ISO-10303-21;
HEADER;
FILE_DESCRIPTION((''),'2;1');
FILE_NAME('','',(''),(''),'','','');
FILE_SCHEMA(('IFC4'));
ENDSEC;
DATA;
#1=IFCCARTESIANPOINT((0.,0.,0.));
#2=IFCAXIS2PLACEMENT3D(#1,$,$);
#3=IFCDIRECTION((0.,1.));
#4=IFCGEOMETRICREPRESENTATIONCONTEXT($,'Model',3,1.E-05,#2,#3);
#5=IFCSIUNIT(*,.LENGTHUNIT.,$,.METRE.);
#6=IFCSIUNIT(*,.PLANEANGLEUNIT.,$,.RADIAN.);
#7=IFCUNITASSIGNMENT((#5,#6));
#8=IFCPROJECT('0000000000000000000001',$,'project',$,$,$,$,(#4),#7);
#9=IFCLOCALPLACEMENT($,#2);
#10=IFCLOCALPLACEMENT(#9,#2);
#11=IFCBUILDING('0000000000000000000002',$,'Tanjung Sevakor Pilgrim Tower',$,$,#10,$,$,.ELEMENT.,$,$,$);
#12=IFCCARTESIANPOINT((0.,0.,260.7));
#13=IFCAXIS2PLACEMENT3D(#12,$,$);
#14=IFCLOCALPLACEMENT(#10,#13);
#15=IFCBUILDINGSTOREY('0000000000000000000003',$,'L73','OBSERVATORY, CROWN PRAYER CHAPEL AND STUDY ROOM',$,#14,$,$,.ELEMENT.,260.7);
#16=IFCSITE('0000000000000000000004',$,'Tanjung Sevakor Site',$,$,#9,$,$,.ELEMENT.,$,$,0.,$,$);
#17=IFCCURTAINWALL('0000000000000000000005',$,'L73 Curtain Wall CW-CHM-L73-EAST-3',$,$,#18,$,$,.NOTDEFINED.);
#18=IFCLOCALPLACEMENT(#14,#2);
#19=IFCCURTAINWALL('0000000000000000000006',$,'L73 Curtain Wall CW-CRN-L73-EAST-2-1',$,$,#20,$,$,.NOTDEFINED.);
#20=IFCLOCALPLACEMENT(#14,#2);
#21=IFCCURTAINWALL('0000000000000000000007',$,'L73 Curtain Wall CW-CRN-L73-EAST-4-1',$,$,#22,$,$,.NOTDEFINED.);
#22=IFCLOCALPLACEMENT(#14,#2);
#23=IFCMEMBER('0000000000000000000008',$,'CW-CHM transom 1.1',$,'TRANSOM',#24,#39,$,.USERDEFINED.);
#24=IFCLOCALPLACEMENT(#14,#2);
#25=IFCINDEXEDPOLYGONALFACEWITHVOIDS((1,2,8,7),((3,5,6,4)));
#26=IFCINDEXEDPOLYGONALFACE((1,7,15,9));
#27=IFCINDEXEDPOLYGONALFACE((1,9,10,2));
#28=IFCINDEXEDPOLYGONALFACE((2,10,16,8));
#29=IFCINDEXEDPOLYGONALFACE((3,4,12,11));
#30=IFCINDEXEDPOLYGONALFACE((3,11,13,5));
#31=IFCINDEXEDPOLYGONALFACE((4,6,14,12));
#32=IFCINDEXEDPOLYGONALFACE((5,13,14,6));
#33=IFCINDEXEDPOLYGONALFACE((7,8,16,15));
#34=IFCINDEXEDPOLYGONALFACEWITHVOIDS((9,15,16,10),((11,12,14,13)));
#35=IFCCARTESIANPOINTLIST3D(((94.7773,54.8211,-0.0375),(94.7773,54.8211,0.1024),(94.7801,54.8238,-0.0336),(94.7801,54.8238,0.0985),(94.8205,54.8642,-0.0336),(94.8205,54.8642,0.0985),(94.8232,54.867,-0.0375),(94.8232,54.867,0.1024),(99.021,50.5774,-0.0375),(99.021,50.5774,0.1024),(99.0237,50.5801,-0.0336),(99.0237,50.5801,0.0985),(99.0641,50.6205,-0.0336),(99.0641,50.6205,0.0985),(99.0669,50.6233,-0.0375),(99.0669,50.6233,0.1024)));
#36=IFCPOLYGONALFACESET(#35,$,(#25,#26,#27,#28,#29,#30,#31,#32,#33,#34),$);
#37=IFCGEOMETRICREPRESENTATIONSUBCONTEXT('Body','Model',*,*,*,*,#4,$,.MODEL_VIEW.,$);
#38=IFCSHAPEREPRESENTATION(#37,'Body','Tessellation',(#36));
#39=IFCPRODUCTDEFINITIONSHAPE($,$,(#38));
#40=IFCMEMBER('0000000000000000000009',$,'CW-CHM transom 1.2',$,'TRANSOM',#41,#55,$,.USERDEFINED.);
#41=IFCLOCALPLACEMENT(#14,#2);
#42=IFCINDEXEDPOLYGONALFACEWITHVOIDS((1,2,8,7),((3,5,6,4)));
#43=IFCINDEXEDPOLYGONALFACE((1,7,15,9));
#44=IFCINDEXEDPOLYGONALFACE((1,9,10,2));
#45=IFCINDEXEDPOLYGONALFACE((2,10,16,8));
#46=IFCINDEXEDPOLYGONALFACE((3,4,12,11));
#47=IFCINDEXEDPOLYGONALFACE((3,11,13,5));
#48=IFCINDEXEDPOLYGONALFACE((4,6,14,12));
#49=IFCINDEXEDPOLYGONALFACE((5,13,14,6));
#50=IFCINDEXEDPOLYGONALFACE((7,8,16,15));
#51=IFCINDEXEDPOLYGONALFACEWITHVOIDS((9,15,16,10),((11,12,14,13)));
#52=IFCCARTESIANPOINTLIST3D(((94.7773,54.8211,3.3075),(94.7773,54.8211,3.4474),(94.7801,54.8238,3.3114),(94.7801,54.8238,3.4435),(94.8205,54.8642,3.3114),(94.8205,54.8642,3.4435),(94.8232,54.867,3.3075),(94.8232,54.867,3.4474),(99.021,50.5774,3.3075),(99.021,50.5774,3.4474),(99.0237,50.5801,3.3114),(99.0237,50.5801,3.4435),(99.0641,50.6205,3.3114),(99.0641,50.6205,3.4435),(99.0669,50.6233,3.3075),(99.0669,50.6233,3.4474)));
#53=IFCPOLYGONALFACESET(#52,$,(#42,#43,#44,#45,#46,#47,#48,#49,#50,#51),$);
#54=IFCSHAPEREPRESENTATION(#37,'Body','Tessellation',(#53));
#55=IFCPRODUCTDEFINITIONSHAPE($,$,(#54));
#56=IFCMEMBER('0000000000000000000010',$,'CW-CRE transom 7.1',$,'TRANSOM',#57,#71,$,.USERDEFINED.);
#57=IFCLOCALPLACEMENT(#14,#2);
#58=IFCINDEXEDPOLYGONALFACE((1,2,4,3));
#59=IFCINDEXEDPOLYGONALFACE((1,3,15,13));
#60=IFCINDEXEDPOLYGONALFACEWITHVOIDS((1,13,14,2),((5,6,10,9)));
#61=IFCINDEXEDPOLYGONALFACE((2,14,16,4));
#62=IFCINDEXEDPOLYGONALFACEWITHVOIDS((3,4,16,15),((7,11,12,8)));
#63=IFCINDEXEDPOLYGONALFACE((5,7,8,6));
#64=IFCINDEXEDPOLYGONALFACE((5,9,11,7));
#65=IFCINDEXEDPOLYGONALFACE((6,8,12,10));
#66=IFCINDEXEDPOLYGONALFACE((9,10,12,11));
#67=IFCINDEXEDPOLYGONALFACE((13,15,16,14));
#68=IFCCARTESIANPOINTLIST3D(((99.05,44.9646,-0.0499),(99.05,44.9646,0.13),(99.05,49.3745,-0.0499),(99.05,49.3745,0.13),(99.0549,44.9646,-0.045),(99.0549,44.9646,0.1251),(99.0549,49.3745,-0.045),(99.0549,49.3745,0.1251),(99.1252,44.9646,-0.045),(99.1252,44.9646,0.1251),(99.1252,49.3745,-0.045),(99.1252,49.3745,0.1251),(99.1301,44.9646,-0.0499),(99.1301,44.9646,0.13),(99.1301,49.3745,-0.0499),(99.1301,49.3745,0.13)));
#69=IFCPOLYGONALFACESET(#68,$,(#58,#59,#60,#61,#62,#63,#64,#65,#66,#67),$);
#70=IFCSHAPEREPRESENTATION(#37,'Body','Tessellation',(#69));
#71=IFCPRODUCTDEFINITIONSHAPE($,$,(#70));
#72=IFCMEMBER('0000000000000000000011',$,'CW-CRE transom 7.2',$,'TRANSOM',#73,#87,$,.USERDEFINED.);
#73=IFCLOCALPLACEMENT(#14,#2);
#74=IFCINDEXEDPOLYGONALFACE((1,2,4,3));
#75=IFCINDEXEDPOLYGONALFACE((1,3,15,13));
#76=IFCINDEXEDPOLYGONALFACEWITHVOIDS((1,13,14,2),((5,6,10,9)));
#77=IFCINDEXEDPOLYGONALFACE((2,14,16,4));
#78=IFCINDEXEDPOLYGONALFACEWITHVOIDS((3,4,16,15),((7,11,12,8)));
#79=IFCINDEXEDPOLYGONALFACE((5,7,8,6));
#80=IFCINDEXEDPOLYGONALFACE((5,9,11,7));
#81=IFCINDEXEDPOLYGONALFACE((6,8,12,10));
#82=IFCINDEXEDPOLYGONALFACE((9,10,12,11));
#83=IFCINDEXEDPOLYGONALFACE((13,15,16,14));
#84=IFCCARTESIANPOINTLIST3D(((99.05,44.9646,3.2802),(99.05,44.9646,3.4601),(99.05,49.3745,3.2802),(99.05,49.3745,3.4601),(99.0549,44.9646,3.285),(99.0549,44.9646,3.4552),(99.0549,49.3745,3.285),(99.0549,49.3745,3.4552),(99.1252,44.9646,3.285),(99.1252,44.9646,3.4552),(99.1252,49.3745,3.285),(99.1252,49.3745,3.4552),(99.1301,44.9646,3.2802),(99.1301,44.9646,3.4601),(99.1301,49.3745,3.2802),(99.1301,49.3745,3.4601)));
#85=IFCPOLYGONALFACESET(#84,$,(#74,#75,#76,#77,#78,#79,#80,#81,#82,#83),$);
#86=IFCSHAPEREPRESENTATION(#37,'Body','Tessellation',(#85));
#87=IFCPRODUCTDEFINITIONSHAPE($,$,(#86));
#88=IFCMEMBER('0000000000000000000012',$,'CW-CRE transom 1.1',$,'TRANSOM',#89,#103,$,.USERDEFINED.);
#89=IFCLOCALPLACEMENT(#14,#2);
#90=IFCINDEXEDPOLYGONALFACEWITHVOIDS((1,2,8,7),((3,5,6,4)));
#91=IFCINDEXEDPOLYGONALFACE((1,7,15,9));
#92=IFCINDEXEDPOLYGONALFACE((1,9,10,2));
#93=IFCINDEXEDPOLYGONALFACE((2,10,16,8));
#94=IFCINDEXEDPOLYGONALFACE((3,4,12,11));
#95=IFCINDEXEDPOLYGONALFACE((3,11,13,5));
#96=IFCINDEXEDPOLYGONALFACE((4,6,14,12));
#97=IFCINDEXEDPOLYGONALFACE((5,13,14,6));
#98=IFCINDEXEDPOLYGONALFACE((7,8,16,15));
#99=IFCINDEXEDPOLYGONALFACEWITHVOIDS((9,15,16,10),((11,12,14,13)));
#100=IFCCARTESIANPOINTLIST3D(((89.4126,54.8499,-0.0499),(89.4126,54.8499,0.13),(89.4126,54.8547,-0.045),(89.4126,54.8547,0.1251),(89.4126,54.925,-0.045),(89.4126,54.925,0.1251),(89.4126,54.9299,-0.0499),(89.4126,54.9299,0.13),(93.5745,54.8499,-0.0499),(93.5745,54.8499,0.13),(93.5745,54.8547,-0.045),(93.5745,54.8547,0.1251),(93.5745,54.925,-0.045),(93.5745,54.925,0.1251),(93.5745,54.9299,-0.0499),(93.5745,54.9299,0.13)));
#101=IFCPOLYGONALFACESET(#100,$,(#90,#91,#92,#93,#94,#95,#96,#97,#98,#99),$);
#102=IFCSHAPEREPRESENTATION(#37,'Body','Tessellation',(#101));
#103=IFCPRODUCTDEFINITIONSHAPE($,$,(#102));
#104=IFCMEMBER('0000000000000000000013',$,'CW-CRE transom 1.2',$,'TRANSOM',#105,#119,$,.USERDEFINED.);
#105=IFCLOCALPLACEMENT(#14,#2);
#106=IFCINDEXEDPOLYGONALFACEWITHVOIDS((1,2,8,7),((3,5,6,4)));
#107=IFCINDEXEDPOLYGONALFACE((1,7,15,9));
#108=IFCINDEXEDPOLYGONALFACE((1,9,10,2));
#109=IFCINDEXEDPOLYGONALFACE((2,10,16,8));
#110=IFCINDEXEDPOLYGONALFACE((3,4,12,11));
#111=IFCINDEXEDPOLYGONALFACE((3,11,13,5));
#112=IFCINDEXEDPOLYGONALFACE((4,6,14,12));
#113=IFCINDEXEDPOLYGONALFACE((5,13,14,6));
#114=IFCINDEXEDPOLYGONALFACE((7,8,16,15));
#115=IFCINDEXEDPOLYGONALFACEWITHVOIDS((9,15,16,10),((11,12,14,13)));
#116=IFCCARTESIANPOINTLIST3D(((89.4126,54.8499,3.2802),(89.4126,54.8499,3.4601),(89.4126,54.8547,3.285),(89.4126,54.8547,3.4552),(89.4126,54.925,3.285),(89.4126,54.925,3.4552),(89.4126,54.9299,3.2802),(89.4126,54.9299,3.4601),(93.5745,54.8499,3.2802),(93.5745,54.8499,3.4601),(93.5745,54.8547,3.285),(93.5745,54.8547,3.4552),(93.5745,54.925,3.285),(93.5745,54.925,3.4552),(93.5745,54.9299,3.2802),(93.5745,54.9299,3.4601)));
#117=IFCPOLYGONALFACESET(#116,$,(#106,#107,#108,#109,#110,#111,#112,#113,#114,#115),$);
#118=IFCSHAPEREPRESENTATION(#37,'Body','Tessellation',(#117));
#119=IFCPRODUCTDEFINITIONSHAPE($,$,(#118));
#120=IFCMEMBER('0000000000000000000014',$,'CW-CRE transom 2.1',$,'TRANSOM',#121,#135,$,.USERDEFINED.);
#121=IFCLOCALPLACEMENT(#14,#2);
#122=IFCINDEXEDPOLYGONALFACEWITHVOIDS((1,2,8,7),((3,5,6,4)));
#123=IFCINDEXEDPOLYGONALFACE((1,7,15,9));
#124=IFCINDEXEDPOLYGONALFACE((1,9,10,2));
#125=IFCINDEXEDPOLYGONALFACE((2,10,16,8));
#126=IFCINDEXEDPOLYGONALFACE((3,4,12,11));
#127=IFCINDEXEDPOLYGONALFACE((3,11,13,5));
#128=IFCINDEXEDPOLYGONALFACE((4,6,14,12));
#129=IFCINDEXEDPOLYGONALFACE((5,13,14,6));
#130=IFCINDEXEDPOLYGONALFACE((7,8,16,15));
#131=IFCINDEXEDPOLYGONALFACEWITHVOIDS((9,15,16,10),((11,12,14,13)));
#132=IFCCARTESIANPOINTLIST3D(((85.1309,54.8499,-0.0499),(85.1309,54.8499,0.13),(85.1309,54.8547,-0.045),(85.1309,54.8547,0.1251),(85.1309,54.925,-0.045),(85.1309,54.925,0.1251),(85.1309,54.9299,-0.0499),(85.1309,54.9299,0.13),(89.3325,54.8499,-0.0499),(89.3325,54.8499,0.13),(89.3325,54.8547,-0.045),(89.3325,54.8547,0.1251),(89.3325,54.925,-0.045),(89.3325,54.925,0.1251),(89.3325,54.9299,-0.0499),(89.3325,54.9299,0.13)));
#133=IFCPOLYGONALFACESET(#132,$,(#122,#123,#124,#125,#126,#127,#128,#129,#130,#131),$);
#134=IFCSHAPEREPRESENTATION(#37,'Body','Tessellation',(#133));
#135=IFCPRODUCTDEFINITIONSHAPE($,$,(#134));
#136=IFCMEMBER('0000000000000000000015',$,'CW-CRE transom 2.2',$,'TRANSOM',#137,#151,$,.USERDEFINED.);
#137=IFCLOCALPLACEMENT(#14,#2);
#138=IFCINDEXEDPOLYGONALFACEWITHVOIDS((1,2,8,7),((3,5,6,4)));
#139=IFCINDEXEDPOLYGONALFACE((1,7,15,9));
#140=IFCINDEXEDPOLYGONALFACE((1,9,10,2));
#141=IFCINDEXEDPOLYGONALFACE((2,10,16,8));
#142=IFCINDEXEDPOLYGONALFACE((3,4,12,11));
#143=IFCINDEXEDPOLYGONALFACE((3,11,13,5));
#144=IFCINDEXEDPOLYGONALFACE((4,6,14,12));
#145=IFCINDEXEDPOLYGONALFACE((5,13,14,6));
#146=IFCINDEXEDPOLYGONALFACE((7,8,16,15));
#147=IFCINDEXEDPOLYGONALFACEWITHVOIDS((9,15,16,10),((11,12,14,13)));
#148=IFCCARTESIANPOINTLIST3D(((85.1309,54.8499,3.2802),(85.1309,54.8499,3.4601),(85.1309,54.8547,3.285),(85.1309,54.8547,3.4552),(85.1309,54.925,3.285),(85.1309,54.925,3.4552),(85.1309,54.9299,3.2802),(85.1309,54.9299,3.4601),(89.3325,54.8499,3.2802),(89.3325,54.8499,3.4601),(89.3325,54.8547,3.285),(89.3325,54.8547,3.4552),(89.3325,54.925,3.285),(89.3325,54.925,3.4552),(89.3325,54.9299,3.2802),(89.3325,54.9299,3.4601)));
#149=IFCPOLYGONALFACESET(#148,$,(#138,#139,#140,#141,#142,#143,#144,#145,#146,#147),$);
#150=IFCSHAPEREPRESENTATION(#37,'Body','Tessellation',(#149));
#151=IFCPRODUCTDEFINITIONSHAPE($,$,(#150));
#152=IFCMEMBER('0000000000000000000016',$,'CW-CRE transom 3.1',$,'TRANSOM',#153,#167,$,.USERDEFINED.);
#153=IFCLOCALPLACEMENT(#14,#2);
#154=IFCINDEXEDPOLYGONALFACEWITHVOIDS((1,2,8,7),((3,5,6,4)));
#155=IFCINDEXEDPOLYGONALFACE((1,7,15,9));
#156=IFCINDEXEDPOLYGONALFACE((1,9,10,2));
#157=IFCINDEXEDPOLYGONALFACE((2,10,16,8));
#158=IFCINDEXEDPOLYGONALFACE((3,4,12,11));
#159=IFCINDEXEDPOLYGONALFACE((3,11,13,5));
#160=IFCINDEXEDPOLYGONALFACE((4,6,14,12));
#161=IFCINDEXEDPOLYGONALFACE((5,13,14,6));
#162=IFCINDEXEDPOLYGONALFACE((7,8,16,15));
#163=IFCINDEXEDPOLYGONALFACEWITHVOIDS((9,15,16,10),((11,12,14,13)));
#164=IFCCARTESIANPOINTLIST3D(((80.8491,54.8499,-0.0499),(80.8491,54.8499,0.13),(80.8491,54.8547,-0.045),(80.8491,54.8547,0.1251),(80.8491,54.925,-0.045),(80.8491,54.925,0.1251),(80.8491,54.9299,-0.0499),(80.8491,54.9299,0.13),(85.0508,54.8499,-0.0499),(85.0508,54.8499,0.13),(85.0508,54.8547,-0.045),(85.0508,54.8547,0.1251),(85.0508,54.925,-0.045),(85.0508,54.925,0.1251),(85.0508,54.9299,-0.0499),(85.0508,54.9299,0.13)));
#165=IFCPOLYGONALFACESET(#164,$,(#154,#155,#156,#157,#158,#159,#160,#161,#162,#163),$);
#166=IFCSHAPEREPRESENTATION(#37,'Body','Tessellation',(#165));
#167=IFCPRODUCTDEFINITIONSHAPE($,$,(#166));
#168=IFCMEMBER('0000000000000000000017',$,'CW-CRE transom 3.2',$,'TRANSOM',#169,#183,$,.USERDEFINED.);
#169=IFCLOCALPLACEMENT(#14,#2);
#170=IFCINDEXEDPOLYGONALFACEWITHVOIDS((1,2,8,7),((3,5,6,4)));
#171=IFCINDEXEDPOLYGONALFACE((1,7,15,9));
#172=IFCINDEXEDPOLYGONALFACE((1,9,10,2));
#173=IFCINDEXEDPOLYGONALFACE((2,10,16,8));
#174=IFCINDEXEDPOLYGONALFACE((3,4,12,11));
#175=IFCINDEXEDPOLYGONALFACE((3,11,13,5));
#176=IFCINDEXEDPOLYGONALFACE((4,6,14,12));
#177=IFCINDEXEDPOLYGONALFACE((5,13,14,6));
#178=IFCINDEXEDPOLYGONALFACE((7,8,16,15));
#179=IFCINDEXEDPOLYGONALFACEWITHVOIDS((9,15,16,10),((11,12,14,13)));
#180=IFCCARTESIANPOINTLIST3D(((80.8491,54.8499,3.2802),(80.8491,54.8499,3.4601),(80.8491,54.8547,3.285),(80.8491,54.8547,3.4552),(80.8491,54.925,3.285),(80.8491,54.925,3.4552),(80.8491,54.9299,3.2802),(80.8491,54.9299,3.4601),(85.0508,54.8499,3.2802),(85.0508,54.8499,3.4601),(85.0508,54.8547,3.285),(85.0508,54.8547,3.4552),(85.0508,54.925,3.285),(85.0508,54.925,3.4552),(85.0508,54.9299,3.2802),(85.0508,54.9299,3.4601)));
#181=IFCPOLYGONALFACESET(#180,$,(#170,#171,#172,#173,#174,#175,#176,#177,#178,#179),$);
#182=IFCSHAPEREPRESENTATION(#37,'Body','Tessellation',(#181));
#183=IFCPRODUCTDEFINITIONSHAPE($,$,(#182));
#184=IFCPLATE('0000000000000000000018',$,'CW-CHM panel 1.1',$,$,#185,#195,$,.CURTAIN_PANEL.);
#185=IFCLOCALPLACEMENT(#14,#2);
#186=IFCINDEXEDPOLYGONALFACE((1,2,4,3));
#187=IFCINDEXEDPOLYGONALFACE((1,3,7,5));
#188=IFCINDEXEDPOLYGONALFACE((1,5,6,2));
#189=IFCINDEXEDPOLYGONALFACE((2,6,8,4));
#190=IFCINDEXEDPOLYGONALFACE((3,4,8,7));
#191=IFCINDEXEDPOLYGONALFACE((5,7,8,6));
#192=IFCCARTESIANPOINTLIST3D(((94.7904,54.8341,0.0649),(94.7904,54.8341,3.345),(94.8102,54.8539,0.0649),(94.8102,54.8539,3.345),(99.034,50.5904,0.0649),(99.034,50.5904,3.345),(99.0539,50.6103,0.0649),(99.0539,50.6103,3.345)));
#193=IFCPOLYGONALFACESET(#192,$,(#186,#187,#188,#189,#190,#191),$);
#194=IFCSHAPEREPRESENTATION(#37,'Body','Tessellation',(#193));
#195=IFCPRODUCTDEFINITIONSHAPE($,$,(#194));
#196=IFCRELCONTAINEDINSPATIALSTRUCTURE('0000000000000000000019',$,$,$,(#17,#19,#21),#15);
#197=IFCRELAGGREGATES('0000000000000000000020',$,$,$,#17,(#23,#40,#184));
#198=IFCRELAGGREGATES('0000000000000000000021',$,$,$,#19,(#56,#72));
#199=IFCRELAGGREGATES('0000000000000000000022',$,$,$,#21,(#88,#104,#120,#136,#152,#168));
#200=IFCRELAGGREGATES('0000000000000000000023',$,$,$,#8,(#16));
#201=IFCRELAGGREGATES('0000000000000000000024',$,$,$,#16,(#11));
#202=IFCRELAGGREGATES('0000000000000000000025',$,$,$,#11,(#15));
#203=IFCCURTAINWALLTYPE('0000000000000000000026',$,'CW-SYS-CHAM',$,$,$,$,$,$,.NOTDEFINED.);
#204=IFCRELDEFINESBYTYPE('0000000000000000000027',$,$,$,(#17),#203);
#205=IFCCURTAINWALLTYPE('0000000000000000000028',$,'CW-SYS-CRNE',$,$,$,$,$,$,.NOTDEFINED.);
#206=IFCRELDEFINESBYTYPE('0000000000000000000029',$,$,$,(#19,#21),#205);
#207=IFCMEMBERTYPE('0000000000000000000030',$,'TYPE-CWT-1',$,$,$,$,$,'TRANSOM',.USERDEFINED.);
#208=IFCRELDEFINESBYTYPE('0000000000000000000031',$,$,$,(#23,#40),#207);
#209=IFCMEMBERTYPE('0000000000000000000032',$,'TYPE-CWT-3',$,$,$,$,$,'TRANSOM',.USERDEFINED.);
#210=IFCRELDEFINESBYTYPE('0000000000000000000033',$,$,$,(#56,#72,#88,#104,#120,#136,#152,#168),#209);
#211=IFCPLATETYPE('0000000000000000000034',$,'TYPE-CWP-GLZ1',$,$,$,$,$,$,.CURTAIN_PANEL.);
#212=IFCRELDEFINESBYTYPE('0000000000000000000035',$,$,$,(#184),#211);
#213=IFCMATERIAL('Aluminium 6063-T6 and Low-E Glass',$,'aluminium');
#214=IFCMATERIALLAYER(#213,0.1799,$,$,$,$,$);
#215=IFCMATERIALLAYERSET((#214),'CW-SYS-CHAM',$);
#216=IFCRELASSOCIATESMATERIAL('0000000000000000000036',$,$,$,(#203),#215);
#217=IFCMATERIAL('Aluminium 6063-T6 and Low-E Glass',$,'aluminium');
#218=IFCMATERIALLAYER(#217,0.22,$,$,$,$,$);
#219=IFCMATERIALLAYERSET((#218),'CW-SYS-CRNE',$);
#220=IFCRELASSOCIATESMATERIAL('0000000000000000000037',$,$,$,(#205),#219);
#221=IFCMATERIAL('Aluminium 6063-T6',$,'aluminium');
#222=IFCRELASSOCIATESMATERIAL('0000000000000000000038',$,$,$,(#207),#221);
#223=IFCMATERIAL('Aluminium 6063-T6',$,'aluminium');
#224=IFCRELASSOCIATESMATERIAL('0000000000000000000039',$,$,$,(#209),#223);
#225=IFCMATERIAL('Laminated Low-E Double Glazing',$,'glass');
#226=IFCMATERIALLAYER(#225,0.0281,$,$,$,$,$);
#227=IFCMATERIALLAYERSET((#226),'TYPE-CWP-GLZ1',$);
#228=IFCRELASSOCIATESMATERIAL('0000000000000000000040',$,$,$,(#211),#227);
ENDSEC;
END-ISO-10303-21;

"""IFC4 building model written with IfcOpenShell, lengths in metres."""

from ifc_helpers import new_model, si_unit, direction, frame, origin, origin_2d, place, context, subcontext, project, spatial, rectangle, hollow_rectangle, extrude, material, layer, layer_set, material_profile, profile_set, type_object, element, aggregate, save


model = new_model("IFC4")

# Units and contexts
model_context = context("Model", 3, precision=1e-05, world=origin(), true_north=direction((0.0, 1.0)))
body_context = subcontext(model_context, "Body", "Model", "MODEL_VIEW")
ifc_project = project(units=[si_unit("LENGTHUNIT", "METRE"), si_unit("PLANEANGLEUNIT", "RADIAN")], contexts=[model_context])

# Site, building, storey
site_placement = place(None, origin())
site = spatial("IfcSite", under=ifc_project, at=site_placement, Name="Tanjung Sevakor Site", CompositionType="ELEMENT", RefElevation=0.0)
building_placement = place(site_placement, origin())
building = spatial("IfcBuilding", under=site, at=building_placement, Name="Tanjung Sevakor Pilgrim Tower", CompositionType="ELEMENT")
storey_placement = place(building_placement, frame((0.0, 0.0, 260.7)))
storey = spatial("IfcBuildingStorey", under=building, at=storey_placement, Name="L73", Description="OBSERVATORY, CROWN PRAYER CHAPEL AND STUDY ROOM", CompositionType="ELEMENT", Elevation=260.7)

# Curtain walls
ifc_material_1 = material(Name="Aluminium 6063-T6 and Low-E Glass", Category="aluminium")
ifc_layer_1 = layer(ifc_material_1, 0.1799)
ifc_layer_set_1 = layer_set([ifc_layer_1], Name="CW-SYS-CHAM")
curtain_wall_type_1 = type_object("IfcCurtainWallType", Name="CW-SYS-CHAM", PredefinedType="NOTDEFINED", material=ifc_layer_set_1)
curtain_wall_1_placement = place(storey_placement, origin())
curtain_wall_1 = element("IfcCurtainWall", 1, at=curtain_wall_1_placement, inside=storey, type_object=curtain_wall_type_1, Name="L73 Curtain Wall CW-CHM-L73-EAST-3", PredefinedType="NOTDEFINED")
ifc_material_2 = material(Name="Aluminium 6063-T6 and Low-E Glass", Category="aluminium")
ifc_layer_2 = layer(ifc_material_2, 0.22)
ifc_layer_set_2 = layer_set([ifc_layer_2], Name="CW-SYS-CRNE")
curtain_wall_type_2 = type_object("IfcCurtainWallType", Name="CW-SYS-CRNE", PredefinedType="NOTDEFINED", material=ifc_layer_set_2)
curtain_wall_2_placement = place(storey_placement, origin())
curtain_wall_2 = element("IfcCurtainWall", 2, at=curtain_wall_2_placement, inside=storey, type_object=curtain_wall_type_2, Name="L73 Curtain Wall CW-CRN-L73-EAST-2-1", PredefinedType="NOTDEFINED")
curtain_wall_3_placement = place(storey_placement, origin())
curtain_wall_3 = element("IfcCurtainWall", 3, at=curtain_wall_3_placement, inside=storey, type_object=curtain_wall_type_2, Name="L73 Curtain Wall CW-CRN-L73-EAST-4-1", PredefinedType="NOTDEFINED")

# Members
ifc_material_3 = material(Name="Aluminium 6063-T6", Category="aluminium")
ifc_material_profile_1 = material_profile(ifc_material_3, hollow_rectangle(XDim=0.0649, YDim=0.1399, WallThickness=0.0039, at=origin_2d()))
ifc_profile_set_1 = profile_set([ifc_material_profile_1], Name="Aluminium 6063-T6")
member_type_1 = type_object("IfcMemberType", Name="TYPE-CWT-1", ElementType="TRANSOM", PredefinedType="USERDEFINED", material=ifc_profile_set_1)
member_1_placement = place(storey_placement, frame((99.0439, 50.6003, 0.0325), z_axis=(-0.707107, 0.707107, 0.0), x_axis=(-0.707107, -0.707107, 0.0)))
member_1 = element("IfcMember", 4, at=member_1_placement, type_object=member_type_1, Name="CW-CHM transom 1.1", ObjectType="TRANSOM", PredefinedType="USERDEFINED", context=body_context, shape_type="SweptSolid", body=[
    extrude(hollow_rectangle(XDim=0.0649, YDim=0.1399, WallThickness=0.0039, at=origin_2d()), origin(), (0.0, 0.0, 1.0), 6.0015),
])
member_2_placement = place(storey_placement, frame((99.0439, 50.6003, 3.3774), z_axis=(-0.707107, 0.707107, 0.0), x_axis=(-0.707107, -0.707107, 0.0)))
member_2 = element("IfcMember", 5, at=member_2_placement, type_object=member_type_1, Name="CW-CHM transom 1.2", ObjectType="TRANSOM", PredefinedType="USERDEFINED", context=body_context, shape_type="SweptSolid", body=[
    extrude(hollow_rectangle(XDim=0.0649, YDim=0.1399, WallThickness=0.0039, at=origin_2d()), origin(), (0.0, 0.0, 1.0), 6.0015),
])
ifc_material_4 = material(Name="Aluminium 6063-T6", Category="aluminium")
ifc_material_profile_2 = material_profile(ifc_material_4, hollow_rectangle(XDim=0.0801, YDim=0.1799, WallThickness=0.0049, at=origin_2d()))
ifc_profile_set_2 = profile_set([ifc_material_profile_2], Name="Aluminium 6063-T6")
member_type_2 = type_object("IfcMemberType", Name="TYPE-CWT-3", ElementType="TRANSOM", PredefinedType="USERDEFINED", material=ifc_profile_set_2)
member_3_placement = place(storey_placement, frame((99.0901, 44.9646, 0.04), z_axis=(0.0, 1.0, 0.0), x_axis=(-1.0, 0.0, 0.0)))
member_3 = element("IfcMember", 6, at=member_3_placement, type_object=member_type_2, Name="CW-CRE transom 7.1", ObjectType="TRANSOM", PredefinedType="USERDEFINED", context=body_context, shape_type="SweptSolid", body=[
    extrude(hollow_rectangle(XDim=0.0801, YDim=0.1799, WallThickness=0.0049, at=origin_2d()), origin(), (0.0, 0.0, 1.0), 4.4099),
])
member_4_placement = place(storey_placement, frame((99.0901, 44.9646, 3.3701), z_axis=(0.0, 1.0, 0.0), x_axis=(-1.0, 0.0, 0.0)))
member_4 = element("IfcMember", 7, at=member_4_placement, type_object=member_type_2, Name="CW-CRE transom 7.2", ObjectType="TRANSOM", PredefinedType="USERDEFINED", context=body_context, shape_type="SweptSolid", body=[
    extrude(hollow_rectangle(XDim=0.0801, YDim=0.1799, WallThickness=0.0049, at=origin_2d()), origin(), (0.0, 0.0, 1.0), 4.4099),
])
member_5_placement = place(storey_placement, frame((93.5745, 54.8899, 0.04), z_axis=(-1.0, 0.0, 0.0), x_axis=(0.0, -1.0, 0.0)))
member_5 = element("IfcMember", 8, at=member_5_placement, type_object=member_type_2, Name="CW-CRE transom 1.1", ObjectType="TRANSOM", PredefinedType="USERDEFINED", context=body_context, shape_type="SweptSolid", body=[
    extrude(hollow_rectangle(XDim=0.0801, YDim=0.1799, WallThickness=0.0049, at=origin_2d()), origin(), (0.0, 0.0, 1.0), 4.1619),
])
member_6_placement = place(storey_placement, frame((93.5745, 54.8899, 3.3701), z_axis=(-1.0, 0.0, 0.0), x_axis=(0.0, -1.0, 0.0)))
member_6 = element("IfcMember", 9, at=member_6_placement, type_object=member_type_2, Name="CW-CRE transom 1.2", ObjectType="TRANSOM", PredefinedType="USERDEFINED", context=body_context, shape_type="SweptSolid", body=[
    extrude(hollow_rectangle(XDim=0.0801, YDim=0.1799, WallThickness=0.0049, at=origin_2d()), origin(), (0.0, 0.0, 1.0), 4.1619),
])
member_7_placement = place(storey_placement, frame((89.3325, 54.8899, 0.04), z_axis=(-1.0, 0.0, 0.0), x_axis=(0.0, -1.0, 0.0)))
member_7 = element("IfcMember", 10, at=member_7_placement, type_object=member_type_2, Name="CW-CRE transom 2.1", ObjectType="TRANSOM", PredefinedType="USERDEFINED", context=body_context, shape_type="SweptSolid", body=[
    extrude(hollow_rectangle(XDim=0.0801, YDim=0.1799, WallThickness=0.0049, at=origin_2d()), origin(), (0.0, 0.0, 1.0), 4.2017),
])
member_8_placement = place(storey_placement, frame((89.3325, 54.8899, 3.3701), z_axis=(-1.0, 0.0, 0.0), x_axis=(0.0, -1.0, 0.0)))
member_8 = element("IfcMember", 11, at=member_8_placement, type_object=member_type_2, Name="CW-CRE transom 2.2", ObjectType="TRANSOM", PredefinedType="USERDEFINED", context=body_context, shape_type="SweptSolid", body=[
    extrude(hollow_rectangle(XDim=0.0801, YDim=0.1799, WallThickness=0.0049, at=origin_2d()), origin(), (0.0, 0.0, 1.0), 4.2017),
])
member_9_placement = place(storey_placement, frame((85.0508, 54.8899, 0.04), z_axis=(-1.0, 0.0, 0.0), x_axis=(0.0, -1.0, 0.0)))
member_9 = element("IfcMember", 12, at=member_9_placement, type_object=member_type_2, Name="CW-CRE transom 3.1", ObjectType="TRANSOM", PredefinedType="USERDEFINED", context=body_context, shape_type="SweptSolid", body=[
    extrude(hollow_rectangle(XDim=0.0801, YDim=0.1799, WallThickness=0.0049, at=origin_2d()), origin(), (0.0, 0.0, 1.0), 4.2017),
])
member_10_placement = place(storey_placement, frame((85.0508, 54.8899, 3.3701), z_axis=(-1.0, 0.0, 0.0), x_axis=(0.0, -1.0, 0.0)))
member_10 = element("IfcMember", 13, at=member_10_placement, type_object=member_type_2, Name="CW-CRE transom 3.2", ObjectType="TRANSOM", PredefinedType="USERDEFINED", context=body_context, shape_type="SweptSolid", body=[
    extrude(hollow_rectangle(XDim=0.0801, YDim=0.1799, WallThickness=0.0049, at=origin_2d()), origin(), (0.0, 0.0, 1.0), 4.2017),
])

# Plate
ifc_material_5 = material(Name="Laminated Low-E Double Glazing", Category="glass")
ifc_layer_3 = layer(ifc_material_5, 0.0281)
ifc_layer_set_3 = layer_set([ifc_layer_3], Name="TYPE-CWP-GLZ1")
plate_type_1 = type_object("IfcPlateType", Name="TYPE-CWP-GLZ1", PredefinedType="CURTAIN_PANEL", material=ifc_layer_set_3)
plate_1_placement = place(storey_placement, frame((96.9221, 52.7222, 0.0649), z_axis=(0.0, 0.0, 1.0), x_axis=(-0.707107, 0.707107, 0.0)))
plate_1 = element("IfcPlate", 14, at=plate_1_placement, type_object=plate_type_1, Name="CW-CHM panel 1.1", PredefinedType="CURTAIN_PANEL", context=body_context, shape_type="SweptSolid", body=[
    extrude(rectangle(XDim=6.0015, YDim=0.0281, at=origin_2d()), origin(), (0.0, 0.0, 1.0), 3.28),
])
aggregate(curtain_wall_1, [member_1, member_2, plate_1])
aggregate(curtain_wall_2, [member_3, member_4])
aggregate(curtain_wall_3, [member_5, member_6, member_7, member_8, member_9, member_10])

save(model, "model.ifc")
